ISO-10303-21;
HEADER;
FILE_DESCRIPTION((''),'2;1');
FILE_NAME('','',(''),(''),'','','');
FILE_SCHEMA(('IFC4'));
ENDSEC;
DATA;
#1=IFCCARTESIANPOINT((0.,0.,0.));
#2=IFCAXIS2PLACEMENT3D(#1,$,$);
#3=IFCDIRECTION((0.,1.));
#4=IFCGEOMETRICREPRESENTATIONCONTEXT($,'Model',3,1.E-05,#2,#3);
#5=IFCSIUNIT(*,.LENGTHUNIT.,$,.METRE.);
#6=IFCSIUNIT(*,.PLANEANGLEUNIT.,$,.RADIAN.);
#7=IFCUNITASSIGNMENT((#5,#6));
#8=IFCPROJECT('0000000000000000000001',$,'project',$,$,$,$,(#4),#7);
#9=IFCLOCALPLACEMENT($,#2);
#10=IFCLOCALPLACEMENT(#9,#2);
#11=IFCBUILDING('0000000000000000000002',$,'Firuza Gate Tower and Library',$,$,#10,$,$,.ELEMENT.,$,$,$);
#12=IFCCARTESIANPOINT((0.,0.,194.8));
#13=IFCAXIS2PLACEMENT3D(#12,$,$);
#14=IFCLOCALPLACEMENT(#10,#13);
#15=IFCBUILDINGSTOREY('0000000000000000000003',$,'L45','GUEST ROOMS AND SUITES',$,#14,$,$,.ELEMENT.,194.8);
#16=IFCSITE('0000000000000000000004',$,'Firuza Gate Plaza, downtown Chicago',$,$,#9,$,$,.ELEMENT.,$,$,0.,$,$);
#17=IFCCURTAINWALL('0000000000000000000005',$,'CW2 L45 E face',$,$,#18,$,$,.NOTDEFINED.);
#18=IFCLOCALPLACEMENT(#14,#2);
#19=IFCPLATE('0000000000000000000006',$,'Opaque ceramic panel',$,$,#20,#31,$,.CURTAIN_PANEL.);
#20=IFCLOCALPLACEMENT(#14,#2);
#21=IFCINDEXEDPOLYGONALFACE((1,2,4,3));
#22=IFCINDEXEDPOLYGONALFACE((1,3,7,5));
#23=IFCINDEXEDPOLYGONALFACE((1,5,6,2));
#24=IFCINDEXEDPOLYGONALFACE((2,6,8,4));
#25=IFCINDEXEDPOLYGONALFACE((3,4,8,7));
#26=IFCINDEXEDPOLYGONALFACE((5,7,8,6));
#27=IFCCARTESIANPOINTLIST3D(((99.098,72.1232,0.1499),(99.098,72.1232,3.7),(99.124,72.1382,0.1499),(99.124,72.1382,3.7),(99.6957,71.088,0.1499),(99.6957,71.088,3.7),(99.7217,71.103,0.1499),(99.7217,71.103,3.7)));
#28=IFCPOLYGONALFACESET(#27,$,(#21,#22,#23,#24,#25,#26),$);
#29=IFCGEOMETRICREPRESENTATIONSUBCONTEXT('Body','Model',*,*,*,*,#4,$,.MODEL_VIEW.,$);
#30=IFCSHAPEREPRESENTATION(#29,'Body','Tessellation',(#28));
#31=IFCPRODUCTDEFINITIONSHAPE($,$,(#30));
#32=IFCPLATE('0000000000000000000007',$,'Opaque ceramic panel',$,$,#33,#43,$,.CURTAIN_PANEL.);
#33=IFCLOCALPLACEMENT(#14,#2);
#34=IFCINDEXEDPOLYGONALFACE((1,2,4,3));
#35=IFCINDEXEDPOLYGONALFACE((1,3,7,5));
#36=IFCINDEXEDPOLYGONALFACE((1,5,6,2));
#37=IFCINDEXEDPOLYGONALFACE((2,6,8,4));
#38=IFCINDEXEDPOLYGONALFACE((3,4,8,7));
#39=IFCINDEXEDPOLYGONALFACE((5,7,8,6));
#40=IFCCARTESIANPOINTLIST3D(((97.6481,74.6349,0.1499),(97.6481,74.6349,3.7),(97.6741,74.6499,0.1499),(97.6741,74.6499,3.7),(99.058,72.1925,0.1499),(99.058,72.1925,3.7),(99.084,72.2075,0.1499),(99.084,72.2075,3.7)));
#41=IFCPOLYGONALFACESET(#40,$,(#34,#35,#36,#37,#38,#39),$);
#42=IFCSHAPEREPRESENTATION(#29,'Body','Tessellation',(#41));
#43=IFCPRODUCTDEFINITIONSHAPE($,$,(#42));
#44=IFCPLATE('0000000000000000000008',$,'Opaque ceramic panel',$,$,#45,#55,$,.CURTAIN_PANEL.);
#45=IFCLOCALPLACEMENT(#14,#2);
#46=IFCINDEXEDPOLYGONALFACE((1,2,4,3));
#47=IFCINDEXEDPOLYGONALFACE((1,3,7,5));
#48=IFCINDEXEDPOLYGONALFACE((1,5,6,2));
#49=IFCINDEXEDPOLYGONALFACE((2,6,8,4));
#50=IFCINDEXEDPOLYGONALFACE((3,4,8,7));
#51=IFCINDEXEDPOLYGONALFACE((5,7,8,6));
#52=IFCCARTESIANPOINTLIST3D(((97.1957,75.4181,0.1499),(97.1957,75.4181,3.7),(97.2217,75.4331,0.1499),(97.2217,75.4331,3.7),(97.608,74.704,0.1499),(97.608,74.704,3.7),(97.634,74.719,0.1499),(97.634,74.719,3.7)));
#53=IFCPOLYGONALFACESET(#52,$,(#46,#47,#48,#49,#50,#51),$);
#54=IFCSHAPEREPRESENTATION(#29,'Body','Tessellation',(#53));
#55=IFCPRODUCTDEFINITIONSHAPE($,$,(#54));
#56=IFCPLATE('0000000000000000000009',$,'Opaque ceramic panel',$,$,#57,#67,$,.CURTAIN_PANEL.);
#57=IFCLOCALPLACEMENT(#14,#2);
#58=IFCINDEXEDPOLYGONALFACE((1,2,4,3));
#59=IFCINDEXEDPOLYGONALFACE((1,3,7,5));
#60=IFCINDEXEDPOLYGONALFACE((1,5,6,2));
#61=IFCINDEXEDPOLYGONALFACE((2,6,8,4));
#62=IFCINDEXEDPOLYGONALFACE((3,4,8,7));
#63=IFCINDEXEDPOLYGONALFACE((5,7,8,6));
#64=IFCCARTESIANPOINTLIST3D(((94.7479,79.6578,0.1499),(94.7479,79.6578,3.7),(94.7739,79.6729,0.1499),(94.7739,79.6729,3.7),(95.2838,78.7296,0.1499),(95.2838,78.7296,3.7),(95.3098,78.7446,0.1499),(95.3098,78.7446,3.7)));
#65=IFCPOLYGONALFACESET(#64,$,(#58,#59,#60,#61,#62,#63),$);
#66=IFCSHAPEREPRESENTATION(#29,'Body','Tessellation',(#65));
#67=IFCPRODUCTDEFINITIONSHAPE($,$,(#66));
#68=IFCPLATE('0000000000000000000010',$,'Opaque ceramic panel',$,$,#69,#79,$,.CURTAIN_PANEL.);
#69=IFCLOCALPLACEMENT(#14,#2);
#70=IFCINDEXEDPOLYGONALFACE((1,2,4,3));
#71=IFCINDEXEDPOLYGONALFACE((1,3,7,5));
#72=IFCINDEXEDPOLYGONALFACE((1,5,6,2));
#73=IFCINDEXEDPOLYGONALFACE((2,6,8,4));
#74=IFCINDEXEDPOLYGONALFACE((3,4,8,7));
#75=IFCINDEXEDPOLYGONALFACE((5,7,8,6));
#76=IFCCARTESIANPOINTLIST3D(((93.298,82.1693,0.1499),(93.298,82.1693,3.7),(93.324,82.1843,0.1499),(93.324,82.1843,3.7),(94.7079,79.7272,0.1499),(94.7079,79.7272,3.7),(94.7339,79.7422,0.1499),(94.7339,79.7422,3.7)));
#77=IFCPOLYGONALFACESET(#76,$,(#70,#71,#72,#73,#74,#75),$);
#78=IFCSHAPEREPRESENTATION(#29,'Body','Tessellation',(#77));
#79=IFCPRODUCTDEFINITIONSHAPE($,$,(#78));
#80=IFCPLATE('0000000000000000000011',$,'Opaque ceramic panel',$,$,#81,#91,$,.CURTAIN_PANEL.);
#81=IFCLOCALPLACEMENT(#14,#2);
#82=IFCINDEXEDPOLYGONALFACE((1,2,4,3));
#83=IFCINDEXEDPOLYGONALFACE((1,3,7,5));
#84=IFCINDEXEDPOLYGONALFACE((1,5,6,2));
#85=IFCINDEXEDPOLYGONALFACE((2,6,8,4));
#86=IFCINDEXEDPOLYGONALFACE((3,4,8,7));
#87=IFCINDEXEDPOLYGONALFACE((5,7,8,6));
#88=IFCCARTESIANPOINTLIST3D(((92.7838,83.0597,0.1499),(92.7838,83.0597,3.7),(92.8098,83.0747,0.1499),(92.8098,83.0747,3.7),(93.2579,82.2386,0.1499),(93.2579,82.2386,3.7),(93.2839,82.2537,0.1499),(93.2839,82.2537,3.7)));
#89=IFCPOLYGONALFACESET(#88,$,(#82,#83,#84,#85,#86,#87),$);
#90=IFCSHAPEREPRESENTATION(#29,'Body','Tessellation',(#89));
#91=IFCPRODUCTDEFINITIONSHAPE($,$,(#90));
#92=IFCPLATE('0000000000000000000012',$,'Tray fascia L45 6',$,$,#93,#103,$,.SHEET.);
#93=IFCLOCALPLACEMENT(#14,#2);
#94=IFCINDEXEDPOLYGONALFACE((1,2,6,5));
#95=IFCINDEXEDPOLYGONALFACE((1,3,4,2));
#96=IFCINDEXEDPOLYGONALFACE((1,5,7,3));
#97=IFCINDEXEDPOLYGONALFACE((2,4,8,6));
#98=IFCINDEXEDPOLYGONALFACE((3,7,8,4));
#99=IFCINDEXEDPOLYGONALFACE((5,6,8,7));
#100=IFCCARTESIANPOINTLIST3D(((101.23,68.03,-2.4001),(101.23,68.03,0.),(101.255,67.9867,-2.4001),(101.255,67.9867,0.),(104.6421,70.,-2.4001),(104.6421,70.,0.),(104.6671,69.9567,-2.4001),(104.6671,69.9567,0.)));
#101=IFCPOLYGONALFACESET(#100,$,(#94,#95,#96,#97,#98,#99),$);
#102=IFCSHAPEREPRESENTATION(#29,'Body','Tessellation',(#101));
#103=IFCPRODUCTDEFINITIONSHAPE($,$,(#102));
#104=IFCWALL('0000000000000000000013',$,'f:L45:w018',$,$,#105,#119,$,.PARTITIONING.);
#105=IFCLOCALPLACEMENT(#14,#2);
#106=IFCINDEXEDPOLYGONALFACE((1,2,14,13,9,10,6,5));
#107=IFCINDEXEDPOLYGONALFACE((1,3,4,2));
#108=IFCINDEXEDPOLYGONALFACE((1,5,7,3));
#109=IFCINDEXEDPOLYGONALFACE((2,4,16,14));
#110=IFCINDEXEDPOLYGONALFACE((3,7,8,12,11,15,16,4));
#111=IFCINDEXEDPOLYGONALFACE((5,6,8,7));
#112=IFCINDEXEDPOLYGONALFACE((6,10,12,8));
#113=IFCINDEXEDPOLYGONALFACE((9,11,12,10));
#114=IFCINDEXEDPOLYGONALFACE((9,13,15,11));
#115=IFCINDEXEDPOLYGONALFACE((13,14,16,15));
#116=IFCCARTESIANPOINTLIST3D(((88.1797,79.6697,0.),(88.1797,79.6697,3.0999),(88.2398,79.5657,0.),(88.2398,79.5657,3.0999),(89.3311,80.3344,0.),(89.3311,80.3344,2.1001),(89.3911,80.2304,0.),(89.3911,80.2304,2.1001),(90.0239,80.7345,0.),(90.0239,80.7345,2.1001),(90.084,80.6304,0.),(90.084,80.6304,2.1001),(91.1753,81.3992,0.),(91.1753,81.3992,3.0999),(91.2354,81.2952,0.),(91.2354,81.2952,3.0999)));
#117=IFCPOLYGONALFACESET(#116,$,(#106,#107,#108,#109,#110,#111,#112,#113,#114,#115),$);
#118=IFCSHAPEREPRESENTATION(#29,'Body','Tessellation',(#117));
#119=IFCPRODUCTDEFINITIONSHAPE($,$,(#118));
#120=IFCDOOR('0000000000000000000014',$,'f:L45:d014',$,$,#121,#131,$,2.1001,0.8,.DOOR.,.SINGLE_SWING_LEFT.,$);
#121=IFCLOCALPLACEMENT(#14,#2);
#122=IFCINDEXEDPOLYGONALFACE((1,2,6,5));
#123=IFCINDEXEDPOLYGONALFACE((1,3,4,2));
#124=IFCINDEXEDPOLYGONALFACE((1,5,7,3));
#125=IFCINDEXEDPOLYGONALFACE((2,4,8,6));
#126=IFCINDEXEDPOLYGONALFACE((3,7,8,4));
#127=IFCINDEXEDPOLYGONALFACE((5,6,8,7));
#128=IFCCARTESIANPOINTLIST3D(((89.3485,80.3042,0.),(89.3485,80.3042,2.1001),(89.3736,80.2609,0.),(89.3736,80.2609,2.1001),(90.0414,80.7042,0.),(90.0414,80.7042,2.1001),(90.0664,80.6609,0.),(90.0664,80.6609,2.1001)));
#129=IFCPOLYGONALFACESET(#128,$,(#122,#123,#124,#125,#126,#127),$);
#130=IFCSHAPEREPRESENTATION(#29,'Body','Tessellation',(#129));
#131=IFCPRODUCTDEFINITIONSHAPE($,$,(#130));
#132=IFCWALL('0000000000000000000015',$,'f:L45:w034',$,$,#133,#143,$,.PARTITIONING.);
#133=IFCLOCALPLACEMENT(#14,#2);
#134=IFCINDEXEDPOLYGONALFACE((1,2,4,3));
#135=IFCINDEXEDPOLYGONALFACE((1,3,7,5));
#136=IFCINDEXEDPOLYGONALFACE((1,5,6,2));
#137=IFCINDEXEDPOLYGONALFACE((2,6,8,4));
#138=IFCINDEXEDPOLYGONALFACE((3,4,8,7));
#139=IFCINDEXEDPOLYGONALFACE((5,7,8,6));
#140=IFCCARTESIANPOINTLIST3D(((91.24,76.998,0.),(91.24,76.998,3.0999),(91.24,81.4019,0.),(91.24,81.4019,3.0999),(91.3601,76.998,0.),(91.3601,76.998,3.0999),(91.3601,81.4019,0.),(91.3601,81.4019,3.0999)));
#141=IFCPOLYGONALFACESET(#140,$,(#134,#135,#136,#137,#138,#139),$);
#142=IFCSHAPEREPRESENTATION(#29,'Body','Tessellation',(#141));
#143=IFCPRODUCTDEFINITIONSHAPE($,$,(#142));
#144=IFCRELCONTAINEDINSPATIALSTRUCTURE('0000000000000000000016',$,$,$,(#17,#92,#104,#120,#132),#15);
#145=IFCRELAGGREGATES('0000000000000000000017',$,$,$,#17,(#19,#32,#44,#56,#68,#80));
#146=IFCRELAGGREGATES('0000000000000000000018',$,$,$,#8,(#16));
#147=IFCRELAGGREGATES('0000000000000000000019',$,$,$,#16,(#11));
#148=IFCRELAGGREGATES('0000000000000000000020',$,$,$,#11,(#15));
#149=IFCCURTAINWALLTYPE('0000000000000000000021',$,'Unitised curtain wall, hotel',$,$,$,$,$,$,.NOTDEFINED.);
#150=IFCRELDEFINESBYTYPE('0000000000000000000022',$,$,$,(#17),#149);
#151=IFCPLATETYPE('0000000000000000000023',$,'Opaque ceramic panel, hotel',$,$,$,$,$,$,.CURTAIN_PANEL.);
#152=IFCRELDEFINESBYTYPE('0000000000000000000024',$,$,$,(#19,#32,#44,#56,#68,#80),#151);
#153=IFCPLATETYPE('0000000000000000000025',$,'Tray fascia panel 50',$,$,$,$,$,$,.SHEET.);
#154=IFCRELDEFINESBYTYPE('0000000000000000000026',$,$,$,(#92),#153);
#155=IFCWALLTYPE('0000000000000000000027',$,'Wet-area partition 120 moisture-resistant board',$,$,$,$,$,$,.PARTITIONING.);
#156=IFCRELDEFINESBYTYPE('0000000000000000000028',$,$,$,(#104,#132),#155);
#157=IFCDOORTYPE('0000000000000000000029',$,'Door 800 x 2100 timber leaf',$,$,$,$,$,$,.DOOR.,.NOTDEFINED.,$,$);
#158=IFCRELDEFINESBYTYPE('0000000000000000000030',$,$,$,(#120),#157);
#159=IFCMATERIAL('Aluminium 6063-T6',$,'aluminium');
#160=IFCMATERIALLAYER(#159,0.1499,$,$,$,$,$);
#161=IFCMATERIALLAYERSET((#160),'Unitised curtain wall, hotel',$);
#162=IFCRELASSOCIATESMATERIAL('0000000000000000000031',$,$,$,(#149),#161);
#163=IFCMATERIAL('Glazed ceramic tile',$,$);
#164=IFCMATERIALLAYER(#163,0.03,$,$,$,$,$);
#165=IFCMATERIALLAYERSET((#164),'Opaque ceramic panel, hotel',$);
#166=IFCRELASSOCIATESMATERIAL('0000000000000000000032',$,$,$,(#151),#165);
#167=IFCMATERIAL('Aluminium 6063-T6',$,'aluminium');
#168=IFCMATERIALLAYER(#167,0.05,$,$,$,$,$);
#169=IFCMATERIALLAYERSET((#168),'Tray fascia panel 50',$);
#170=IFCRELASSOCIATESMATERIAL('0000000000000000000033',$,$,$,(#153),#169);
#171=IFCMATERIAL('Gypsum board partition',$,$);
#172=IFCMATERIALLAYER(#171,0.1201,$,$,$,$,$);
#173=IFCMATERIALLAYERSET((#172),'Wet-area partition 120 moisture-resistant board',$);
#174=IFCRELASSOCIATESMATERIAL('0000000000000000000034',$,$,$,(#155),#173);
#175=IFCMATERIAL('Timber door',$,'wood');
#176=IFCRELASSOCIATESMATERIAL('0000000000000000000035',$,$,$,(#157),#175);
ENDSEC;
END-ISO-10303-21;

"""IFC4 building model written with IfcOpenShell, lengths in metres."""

from ifc_helpers import new_model, si_unit, direction, frame, frame_2d, origin, place, context, subcontext, project, spatial, polyline, rectangle, outline, extrude, material, layer, layer_set, type_object, element, fill, aggregate, save


model = new_model("IFC4")

# Units and contexts
model_context = context("Model", 3, precision=1e-05, world=origin(), true_north=direction((0.0, 1.0)))
body_context = subcontext(model_context, "Body", "Model", "MODEL_VIEW")
ifc_project = project(units=[si_unit("LENGTHUNIT", "METRE"), si_unit("PLANEANGLEUNIT", "RADIAN")], contexts=[model_context])

# Site, building, storey
site_placement = place(None, origin())
site = spatial("IfcSite", under=ifc_project, at=site_placement, Name="Firuza Gate Plaza, downtown Chicago", CompositionType="ELEMENT", RefElevation=0.0)
building_placement = place(site_placement, origin())
building = spatial("IfcBuilding", under=site, at=building_placement, Name="Firuza Gate Tower and Library", CompositionType="ELEMENT")
storey_placement = place(building_placement, frame((0.0, 0.0, 194.8)))
storey = spatial("IfcBuildingStorey", under=building, at=storey_placement, Name="L45", Description="GUEST ROOMS AND SUITES", CompositionType="ELEMENT", Elevation=194.8)

# Curtain wall
ifc_material_1 = material(Name="Aluminium 6063-T6", Category="aluminium")
ifc_layer_1 = layer(ifc_material_1, 0.1499)
ifc_layer_set_1 = layer_set([ifc_layer_1], Name="Unitised curtain wall, hotel")
curtain_wall_type = type_object("IfcCurtainWallType", Name="Unitised curtain wall, hotel", PredefinedType="NOTDEFINED", material=ifc_layer_set_1)
curtain_wall_placement = place(storey_placement, origin())
curtain_wall = element("IfcCurtainWall", 1, at=curtain_wall_placement, inside=storey, type_object=curtain_wall_type, Name="CW2 L45 E face", PredefinedType="NOTDEFINED")

# Plates
ifc_material_2 = material(Name="Glazed ceramic tile")
ifc_layer_2 = layer(ifc_material_2, 0.03)
ifc_layer_set_2 = layer_set([ifc_layer_2], Name="Opaque ceramic panel, hotel")
plate_type_1 = type_object("IfcPlateType", Name="Opaque ceramic panel, hotel", PredefinedType="CURTAIN_PANEL", material=ifc_layer_set_2)
plate_1_placement = place(storey_placement, frame((99.7217, 71.103, 0.1499), z_axis=(0.866022, 0.500005, 0.0), x_axis=(-0.500005, 0.866022, 0.0)))
plate_1 = element("IfcPlate", 2, at=plate_1_placement, type_object=plate_type_1, Name="Opaque ceramic panel", PredefinedType="CURTAIN_PANEL", context=body_context, shape_type="SweptSolid", body=[
    extrude(outline(polyline([(0.0, 0.0), (1.1953, 0.0), (1.1953, 3.55), (0.0, 3.55), (0.0, 0.0)])), origin(), (0.0, 0.0, -1.0), 0.03),
])
plate_2_placement = place(storey_placement, frame((99.084, 72.2075, 0.1499), z_axis=(0.866056, 0.499947, 0.0), x_axis=(-0.499947, 0.866056, 0.0)))
plate_2 = element("IfcPlate", 3, at=plate_2_placement, type_object=plate_type_1, Name="Opaque ceramic panel", PredefinedType="CURTAIN_PANEL", context=body_context, shape_type="SweptSolid", body=[
    extrude(outline(polyline([(0.0, 0.0), (2.8201, 0.0), (2.8201, 3.55), (0.0, 3.55), (0.0, 0.0)])), origin(), (0.0, 0.0, -1.0), 0.03),
])
plate_3_placement = place(storey_placement, frame((97.634, 74.719, 0.1499), z_axis=(0.865993, 0.500056, 0.0), x_axis=(-0.500056, 0.865993, 0.0)))
plate_3 = element("IfcPlate", 4, at=plate_3_placement, type_object=plate_type_1, Name="Opaque ceramic panel", PredefinedType="CURTAIN_PANEL", context=body_context, shape_type="SweptSolid", body=[
    extrude(outline(polyline([(0.0, 0.0), (0.8246, 0.0), (0.8246, 3.55), (0.0, 3.55), (0.0, 0.0)])), origin(), (0.0, 0.0, -1.0), 0.03),
])
plate_4_placement = place(storey_placement, frame((95.3098, 78.7446, 0.1499), z_axis=(0.866034, 0.499985, 0.0), x_axis=(-0.499985, 0.866034, 0.0)))
plate_4 = element("IfcPlate", 5, at=plate_4_placement, type_object=plate_type_1, Name="Opaque ceramic panel", PredefinedType="CURTAIN_PANEL", context=body_context, shape_type="SweptSolid", body=[
    extrude(outline(polyline([(0.0, 0.0), (1.0718, 0.0), (1.0718, 3.55), (0.0, 3.55), (0.0, 0.0)])), origin(), (0.0, 0.0, -1.0), 0.03),
])
plate_5_placement = place(storey_placement, frame((94.7339, 79.7422, 0.1499), z_axis=(0.866034, 0.499985, 0.0), x_axis=(-0.499985, 0.866034, 0.0)))
plate_5 = element("IfcPlate", 6, at=plate_5_placement, type_object=plate_type_1, Name="Opaque ceramic panel", PredefinedType="CURTAIN_PANEL", context=body_context, shape_type="SweptSolid", body=[
    extrude(outline(polyline([(0.0, 0.0), (2.8199, 0.0), (2.8199, 3.55), (0.0, 3.55), (0.0, 0.0)])), origin(), (0.0, 0.0, -1.0), 0.03),
])
plate_6_placement = place(storey_placement, frame((93.2839, 82.2537, 0.1499), z_axis=(0.865984, 0.500072, 0.0), x_axis=(-0.500072, 0.865984, 0.0)))
plate_6 = element("IfcPlate", 7, at=plate_6_placement, type_object=plate_type_1, Name="Opaque ceramic panel", PredefinedType="CURTAIN_PANEL", context=body_context, shape_type="SweptSolid", body=[
    extrude(outline(polyline([(0.0, 0.0), (0.9481, 0.0), (0.9481, 3.55), (0.0, 3.55), (0.0, 0.0)])), origin(), (0.0, 0.0, -1.0), 0.03),
])
aggregate(curtain_wall, [plate_1, plate_2, plate_3, plate_4, plate_5, plate_6])
ifc_material_3 = material(Name="Aluminium 6063-T6", Category="aluminium")
ifc_layer_3 = layer(ifc_material_3, 0.05)
ifc_layer_set_3 = layer_set([ifc_layer_3], Name="Tray fascia panel 50")
plate_type_2 = type_object("IfcPlateType", Name="Tray fascia panel 50", PredefinedType="SHEET", material=ifc_layer_set_3)
plate_7_placement = place(storey_placement, frame((104.6421, 70.0, -2.4001), z_axis=(-0.499998, 0.866027, 0.0), x_axis=(-0.866027, -0.499998, 0.0)))
element("IfcPlate", 8, at=plate_7_placement, inside=storey, type_object=plate_type_2, Name="Tray fascia L45 6", PredefinedType="SHEET", context=body_context, shape_type="SweptSolid", body=[
    extrude(outline(polyline([(0.0, 0.0), (3.94, 0.0), (3.94, 2.4001), (0.0, 2.4001), (0.0, 0.0)])), origin(), (0.0, 0.0, -1.0), 0.05),
])

# Wall, opening, door
ifc_material_4 = material(Name="Gypsum board partition")
ifc_layer_4 = layer(ifc_material_4, 0.1201)
ifc_layer_set_4 = layer_set([ifc_layer_4], Name="Wet-area partition 120 moisture-resistant board")
wall_type = type_object("IfcWallType", Name="Wet-area partition 120 moisture-resistant board", PredefinedType="PARTITIONING", material=ifc_layer_set_4)
wall_1_placement = place(storey_placement, frame((91.2053, 81.3472, 0.0), z_axis=(0.0, 0.0, 1.0), x_axis=(-0.866028, -0.499995, 0.0)))
wall_1 = element("IfcWall", 9, at=wall_1_placement, inside=storey, type_object=wall_type, Name="f:L45:w018", PredefinedType="PARTITIONING", context=body_context, shape_type="SweptSolid", body=[
    extrude(rectangle(XDim=3.459, YDim=0.1201, at=frame_2d((1.7295, 0.0))), origin(), (0.0, 0.0, 1.0), 3.0999),
])
opening_placement = place(wall_1_placement, frame((1.3296, 0.0, 0.0)))
opening = element("IfcOpeningElement", 10, at=opening_placement, cuts=wall_1, PredefinedType="OPENING", context=body_context, shape_type="SweptSolid", body=[
    extrude(rectangle(XDim=0.8, YDim=2.1001, at=frame_2d((0.3999, 1.05))), frame((0.0, 0.0701, 0.0), z_axis=(0.0, -1.0, 0.0), x_axis=(1.0, 0.0, 0.0)), (0.0, 0.0, 1.0), 0.1401),
])
ifc_material_5 = material(Name="Timber door", Category="wood")
door_type = type_object("IfcDoorType", Name="Door 800 x 2100 timber leaf", OperationType="NOTDEFINED", PredefinedType="DOOR", material=ifc_material_5)
door_placement = place(opening_placement, origin())
door = element("IfcDoor", 11, at=door_placement, inside=storey, type_object=door_type, Name="f:L45:d014", OperationType="SINGLE_SWING_LEFT", OverallHeight=2.1001, OverallWidth=0.8, PredefinedType="DOOR", context=body_context, shape_type="SweptSolid", body=[
    extrude(rectangle(XDim=0.8, YDim=2.1001, at=frame_2d((0.3999, 1.05))), frame((0.0, 0.0249, 0.0), z_axis=(0.0, -1.0, 0.0), x_axis=(1.0, 0.0, 0.0)), (0.0, 0.0, 1.0), 0.05),
])
fill(opening, door)

# Wall
wall_2_placement = place(storey_placement, frame((91.3, 76.998, 0.0), z_axis=(0.0, 0.0, 1.0), x_axis=(0.0, 1.0, 0.0)))
element("IfcWall", 12, at=wall_2_placement, inside=storey, type_object=wall_type, Name="f:L45:w034", PredefinedType="PARTITIONING", context=body_context, shape_type="SweptSolid", body=[
    extrude(rectangle(XDim=4.4038, YDim=0.1201, at=frame_2d((2.2019, 0.0))), origin(), (0.0, 0.0, 1.0), 3.0999),
])

save(model, "model.ifc")
